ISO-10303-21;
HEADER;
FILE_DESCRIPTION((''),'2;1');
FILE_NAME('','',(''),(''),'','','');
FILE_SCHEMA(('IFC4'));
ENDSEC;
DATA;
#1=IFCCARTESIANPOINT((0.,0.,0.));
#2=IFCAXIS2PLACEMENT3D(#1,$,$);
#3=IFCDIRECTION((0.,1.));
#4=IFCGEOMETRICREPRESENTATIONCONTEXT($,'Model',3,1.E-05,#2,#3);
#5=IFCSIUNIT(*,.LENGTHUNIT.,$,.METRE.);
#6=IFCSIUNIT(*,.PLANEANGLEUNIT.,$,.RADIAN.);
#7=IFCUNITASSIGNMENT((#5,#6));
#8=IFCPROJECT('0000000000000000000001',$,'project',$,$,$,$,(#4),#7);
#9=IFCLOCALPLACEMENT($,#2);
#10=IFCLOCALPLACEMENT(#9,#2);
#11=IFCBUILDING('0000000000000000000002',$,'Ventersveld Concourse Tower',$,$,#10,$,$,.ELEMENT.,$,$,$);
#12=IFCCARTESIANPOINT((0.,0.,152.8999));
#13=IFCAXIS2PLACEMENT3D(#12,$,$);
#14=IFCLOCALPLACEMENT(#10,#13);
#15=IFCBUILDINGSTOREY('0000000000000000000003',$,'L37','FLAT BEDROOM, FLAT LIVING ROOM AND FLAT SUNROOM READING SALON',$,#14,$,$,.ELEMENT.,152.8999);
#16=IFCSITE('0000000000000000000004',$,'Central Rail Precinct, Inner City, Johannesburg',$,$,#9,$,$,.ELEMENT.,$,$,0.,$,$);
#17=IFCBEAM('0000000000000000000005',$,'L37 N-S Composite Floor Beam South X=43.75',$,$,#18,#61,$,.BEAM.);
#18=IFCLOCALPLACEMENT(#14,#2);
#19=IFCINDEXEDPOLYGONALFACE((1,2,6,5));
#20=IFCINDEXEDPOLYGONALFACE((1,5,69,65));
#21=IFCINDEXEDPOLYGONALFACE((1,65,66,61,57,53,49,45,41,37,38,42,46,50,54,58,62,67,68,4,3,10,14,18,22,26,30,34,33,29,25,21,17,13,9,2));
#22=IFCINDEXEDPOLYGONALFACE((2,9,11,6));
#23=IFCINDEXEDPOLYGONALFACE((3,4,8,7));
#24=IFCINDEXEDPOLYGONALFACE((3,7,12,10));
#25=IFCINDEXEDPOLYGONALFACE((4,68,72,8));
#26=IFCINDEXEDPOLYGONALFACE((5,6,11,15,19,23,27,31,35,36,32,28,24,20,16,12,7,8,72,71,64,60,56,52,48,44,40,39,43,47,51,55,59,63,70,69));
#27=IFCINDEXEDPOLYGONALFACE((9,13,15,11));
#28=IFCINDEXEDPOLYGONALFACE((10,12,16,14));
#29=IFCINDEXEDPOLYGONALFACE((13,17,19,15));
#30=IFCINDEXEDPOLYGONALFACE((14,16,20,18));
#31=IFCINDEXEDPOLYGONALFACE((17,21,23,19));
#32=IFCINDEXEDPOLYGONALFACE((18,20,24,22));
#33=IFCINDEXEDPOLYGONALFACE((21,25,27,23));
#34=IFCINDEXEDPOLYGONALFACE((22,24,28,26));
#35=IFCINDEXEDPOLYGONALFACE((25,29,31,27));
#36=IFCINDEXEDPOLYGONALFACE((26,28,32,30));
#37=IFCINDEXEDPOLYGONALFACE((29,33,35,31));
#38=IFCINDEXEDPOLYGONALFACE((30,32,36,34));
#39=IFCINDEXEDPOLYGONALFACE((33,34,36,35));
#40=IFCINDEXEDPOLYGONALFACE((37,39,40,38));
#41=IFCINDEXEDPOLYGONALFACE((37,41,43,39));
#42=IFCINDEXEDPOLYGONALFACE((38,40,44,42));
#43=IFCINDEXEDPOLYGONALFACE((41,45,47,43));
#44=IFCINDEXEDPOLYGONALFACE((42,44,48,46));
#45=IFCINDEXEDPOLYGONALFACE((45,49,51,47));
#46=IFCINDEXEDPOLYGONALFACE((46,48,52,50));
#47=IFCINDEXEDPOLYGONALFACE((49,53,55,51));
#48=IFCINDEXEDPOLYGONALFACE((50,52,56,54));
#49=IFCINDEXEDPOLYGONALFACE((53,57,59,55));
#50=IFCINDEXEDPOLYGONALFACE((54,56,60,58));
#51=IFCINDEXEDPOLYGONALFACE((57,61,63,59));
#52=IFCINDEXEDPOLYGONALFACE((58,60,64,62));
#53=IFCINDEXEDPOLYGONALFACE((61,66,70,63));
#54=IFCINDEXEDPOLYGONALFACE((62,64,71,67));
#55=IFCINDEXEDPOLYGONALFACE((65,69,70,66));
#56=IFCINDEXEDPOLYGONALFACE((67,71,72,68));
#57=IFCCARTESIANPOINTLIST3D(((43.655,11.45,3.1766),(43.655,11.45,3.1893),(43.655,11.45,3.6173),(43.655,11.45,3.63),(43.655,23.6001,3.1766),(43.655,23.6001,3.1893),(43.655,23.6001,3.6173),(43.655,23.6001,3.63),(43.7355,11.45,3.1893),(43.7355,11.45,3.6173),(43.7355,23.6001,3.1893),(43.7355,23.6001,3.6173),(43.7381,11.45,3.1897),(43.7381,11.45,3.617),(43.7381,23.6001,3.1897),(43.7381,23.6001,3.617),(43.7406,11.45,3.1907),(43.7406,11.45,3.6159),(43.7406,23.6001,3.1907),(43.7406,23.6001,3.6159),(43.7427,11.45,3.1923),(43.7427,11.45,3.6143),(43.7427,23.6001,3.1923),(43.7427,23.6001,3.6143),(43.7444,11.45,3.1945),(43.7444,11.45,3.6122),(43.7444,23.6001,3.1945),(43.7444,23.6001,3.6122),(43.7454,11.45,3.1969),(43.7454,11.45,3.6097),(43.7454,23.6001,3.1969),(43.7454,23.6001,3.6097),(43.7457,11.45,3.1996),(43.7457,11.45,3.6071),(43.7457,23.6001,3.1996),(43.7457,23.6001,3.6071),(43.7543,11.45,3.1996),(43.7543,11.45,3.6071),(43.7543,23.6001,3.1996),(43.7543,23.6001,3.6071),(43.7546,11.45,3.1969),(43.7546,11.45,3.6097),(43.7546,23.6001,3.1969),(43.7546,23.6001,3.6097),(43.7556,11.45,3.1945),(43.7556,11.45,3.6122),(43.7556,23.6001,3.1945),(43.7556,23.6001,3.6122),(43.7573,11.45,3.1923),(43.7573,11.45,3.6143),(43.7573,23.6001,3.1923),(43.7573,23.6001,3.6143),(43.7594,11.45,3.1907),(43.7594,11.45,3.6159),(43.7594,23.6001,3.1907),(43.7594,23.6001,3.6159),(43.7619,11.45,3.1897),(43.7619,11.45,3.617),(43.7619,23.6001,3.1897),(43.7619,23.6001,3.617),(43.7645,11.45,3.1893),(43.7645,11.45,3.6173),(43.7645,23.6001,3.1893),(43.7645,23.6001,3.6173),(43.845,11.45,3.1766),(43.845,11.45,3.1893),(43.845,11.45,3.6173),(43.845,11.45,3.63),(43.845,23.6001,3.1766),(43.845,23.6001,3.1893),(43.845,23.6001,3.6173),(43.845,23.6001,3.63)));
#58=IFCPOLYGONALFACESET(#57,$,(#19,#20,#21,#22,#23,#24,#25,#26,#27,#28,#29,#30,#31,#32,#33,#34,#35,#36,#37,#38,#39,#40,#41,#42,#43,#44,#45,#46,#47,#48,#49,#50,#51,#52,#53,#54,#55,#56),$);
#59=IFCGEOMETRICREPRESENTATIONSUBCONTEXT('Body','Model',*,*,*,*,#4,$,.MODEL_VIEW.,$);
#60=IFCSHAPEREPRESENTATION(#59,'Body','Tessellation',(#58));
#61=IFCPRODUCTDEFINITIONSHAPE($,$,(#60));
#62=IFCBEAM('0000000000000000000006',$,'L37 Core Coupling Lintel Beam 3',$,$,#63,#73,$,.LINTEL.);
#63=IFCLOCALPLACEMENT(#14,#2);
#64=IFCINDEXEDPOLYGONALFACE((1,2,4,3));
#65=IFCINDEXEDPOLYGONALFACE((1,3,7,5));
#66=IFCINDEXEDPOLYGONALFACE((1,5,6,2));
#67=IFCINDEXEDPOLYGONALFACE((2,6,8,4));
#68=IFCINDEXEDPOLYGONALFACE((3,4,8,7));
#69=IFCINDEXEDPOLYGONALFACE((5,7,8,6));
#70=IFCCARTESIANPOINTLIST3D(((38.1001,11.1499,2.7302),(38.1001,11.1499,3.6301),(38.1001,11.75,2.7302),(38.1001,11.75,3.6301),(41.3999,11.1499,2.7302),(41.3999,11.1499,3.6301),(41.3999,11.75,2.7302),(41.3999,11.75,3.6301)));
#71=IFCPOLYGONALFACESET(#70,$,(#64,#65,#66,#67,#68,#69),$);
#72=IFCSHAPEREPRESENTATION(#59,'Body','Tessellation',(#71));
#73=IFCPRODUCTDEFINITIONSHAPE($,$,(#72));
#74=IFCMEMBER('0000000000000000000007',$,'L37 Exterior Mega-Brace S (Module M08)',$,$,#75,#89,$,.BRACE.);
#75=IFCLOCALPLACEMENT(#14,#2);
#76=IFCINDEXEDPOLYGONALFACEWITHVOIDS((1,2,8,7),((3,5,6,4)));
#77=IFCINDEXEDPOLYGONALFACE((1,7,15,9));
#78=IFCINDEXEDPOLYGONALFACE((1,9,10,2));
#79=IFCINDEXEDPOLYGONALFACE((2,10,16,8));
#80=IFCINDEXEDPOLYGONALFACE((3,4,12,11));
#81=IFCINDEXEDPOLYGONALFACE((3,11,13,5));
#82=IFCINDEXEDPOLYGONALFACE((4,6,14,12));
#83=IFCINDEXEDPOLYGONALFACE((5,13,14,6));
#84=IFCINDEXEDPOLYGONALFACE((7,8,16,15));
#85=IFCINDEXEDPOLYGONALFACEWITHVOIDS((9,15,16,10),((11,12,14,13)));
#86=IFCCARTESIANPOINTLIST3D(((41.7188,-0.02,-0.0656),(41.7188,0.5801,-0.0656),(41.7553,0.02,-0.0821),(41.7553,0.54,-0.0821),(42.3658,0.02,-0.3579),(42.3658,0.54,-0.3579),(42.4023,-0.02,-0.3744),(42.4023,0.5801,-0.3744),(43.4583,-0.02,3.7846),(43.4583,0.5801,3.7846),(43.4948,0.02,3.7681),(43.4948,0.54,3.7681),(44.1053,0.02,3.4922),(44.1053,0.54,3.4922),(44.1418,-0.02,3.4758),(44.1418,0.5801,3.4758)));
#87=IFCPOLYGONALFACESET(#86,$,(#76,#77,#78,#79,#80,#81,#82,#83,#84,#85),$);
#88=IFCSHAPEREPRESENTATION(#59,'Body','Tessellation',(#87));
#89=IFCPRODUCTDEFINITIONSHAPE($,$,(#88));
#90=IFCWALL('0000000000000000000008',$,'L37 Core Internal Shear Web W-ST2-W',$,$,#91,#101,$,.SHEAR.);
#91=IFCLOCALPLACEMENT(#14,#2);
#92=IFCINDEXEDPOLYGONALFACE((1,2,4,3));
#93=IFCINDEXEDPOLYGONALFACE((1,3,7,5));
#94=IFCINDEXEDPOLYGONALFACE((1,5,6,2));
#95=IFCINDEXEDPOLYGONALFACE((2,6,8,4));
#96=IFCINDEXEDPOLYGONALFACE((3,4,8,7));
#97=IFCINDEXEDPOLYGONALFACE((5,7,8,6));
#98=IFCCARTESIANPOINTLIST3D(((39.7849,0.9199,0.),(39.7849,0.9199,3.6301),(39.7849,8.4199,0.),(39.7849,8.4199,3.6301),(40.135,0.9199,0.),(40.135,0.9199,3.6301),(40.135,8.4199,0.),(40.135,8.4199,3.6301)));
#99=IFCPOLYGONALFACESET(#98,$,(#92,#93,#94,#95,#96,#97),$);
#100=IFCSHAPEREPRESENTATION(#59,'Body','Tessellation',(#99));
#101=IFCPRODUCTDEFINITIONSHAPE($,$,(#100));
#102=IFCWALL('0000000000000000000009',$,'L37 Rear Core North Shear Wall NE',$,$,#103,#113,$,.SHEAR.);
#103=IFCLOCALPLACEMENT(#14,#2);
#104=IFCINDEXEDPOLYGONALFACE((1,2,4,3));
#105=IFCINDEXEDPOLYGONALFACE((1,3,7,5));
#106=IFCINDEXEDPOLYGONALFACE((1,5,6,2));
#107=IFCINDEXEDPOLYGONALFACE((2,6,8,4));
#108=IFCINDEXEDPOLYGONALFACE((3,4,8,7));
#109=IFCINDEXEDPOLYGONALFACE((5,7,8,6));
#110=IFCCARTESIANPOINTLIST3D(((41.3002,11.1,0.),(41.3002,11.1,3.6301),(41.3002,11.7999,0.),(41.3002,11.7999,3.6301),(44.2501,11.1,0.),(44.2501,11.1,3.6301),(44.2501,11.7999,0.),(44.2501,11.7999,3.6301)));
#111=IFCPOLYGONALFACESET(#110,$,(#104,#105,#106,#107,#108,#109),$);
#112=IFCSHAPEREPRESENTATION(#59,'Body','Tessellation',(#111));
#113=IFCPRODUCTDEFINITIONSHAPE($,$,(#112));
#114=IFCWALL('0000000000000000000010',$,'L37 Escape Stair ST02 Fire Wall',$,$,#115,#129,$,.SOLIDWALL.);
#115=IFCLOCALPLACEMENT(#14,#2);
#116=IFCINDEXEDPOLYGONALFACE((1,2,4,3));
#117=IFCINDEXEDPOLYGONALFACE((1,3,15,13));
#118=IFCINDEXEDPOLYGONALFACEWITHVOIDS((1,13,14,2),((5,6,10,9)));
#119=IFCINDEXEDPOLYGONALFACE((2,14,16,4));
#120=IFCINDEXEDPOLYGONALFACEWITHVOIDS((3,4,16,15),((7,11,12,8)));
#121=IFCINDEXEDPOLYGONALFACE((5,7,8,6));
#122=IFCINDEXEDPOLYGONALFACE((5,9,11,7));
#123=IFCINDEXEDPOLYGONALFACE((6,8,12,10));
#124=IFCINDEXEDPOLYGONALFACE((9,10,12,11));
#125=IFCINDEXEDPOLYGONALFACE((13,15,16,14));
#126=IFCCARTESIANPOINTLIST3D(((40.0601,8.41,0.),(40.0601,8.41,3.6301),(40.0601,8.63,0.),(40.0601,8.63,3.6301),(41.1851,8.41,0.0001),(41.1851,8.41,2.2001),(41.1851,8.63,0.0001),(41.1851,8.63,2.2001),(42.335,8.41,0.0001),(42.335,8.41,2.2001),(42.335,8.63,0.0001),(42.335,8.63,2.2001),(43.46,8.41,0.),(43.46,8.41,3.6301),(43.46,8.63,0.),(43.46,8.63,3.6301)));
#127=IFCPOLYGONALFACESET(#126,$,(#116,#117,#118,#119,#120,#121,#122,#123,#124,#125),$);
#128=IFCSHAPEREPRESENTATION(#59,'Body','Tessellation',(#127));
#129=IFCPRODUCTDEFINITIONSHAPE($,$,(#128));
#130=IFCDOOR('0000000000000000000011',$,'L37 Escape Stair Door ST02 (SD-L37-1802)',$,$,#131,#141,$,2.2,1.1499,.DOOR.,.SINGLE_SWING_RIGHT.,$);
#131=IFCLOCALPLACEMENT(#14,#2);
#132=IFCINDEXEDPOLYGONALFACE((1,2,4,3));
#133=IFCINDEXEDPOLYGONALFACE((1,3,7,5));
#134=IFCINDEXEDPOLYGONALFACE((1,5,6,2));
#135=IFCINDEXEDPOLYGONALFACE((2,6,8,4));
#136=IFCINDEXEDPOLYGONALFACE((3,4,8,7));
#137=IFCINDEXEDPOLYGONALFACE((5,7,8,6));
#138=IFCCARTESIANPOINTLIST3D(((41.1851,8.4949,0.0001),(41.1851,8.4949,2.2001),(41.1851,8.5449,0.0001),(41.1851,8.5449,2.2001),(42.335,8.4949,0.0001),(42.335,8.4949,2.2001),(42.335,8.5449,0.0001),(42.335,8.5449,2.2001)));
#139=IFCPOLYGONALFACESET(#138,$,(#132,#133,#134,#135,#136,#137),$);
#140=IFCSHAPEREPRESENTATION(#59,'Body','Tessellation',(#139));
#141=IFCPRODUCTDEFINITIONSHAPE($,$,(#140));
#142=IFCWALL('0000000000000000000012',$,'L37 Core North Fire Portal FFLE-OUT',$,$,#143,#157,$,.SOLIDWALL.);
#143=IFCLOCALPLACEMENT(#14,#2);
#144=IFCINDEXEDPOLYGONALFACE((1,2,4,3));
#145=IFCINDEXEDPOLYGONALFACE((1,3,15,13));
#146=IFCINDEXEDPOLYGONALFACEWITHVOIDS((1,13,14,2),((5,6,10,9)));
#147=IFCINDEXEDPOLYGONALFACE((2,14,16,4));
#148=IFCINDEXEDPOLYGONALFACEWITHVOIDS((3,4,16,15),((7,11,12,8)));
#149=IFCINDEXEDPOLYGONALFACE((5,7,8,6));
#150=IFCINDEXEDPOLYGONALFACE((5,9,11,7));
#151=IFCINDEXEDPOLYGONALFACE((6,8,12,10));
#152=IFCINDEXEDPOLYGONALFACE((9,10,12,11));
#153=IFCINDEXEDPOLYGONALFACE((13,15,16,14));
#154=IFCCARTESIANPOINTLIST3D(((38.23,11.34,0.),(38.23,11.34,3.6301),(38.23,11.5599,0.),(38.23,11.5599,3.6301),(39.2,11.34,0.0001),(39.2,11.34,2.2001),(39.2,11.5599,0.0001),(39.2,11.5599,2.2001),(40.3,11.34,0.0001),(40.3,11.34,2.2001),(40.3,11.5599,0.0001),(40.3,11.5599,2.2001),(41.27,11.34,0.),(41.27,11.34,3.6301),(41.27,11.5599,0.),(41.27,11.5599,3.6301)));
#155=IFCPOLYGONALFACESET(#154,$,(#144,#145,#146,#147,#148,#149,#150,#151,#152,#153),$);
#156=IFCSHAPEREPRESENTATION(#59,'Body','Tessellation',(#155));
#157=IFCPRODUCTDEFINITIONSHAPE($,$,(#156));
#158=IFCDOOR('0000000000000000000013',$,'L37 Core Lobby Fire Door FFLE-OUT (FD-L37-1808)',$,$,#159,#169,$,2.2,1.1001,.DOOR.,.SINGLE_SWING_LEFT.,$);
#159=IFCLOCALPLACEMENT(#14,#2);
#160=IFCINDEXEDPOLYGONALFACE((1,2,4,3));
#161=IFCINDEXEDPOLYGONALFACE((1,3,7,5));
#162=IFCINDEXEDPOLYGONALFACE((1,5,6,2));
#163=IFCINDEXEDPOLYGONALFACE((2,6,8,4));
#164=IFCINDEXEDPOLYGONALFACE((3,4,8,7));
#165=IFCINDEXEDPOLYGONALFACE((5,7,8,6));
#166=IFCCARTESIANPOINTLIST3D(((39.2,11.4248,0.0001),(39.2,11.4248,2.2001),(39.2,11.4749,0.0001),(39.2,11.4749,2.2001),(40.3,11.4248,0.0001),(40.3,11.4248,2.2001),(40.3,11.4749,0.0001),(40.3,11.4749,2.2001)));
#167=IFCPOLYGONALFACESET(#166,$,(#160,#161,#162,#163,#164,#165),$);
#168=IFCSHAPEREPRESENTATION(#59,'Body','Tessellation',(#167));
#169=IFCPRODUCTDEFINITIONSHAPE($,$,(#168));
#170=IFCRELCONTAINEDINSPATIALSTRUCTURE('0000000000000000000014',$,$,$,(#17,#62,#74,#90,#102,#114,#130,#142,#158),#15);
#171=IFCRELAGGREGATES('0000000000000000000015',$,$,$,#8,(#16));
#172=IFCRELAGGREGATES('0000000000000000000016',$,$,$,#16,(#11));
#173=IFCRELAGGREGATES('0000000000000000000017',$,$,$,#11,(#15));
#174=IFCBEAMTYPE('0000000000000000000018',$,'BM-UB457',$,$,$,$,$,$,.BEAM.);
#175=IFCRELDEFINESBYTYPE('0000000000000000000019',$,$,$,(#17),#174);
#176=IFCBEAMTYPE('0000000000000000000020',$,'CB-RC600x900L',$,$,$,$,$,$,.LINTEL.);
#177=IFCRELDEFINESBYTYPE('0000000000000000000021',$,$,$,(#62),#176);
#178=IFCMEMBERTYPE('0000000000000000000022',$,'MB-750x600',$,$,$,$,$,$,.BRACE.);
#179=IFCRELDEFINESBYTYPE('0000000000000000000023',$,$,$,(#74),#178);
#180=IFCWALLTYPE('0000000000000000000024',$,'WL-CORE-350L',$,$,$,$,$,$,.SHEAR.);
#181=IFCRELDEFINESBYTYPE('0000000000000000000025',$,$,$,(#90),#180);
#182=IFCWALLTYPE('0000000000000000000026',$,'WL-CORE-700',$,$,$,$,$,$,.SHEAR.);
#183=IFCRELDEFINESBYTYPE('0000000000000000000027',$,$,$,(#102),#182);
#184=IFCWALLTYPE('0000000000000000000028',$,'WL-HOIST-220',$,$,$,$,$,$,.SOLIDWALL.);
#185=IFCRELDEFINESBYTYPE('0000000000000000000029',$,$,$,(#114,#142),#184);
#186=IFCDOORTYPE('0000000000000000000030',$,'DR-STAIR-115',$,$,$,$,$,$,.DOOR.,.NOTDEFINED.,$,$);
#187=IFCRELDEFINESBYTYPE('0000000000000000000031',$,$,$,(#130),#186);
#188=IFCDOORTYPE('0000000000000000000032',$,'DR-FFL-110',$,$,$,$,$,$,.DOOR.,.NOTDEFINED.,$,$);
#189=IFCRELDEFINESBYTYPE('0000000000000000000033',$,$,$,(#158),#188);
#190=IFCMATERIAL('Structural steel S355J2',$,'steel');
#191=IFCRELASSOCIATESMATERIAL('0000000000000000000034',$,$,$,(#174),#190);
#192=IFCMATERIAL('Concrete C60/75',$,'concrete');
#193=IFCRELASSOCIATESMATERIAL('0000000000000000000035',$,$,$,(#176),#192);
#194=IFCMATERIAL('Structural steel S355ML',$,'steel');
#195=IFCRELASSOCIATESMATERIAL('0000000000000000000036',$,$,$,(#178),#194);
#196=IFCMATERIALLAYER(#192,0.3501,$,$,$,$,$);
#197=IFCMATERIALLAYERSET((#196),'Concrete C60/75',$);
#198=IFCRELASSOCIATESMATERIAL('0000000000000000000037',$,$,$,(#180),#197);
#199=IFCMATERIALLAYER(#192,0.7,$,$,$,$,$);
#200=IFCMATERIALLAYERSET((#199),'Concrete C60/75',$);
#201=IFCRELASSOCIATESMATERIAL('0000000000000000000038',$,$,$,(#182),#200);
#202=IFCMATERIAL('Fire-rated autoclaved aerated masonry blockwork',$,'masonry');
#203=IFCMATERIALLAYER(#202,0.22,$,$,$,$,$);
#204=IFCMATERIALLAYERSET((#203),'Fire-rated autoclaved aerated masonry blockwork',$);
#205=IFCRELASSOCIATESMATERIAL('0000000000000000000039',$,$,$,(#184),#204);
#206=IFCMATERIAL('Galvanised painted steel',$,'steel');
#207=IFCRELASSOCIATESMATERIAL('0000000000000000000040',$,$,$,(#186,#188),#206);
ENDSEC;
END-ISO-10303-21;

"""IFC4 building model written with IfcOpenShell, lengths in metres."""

from ifc_helpers import new_model, si_unit, direction, frame, frame_2d, origin, origin_2d, place, context, subcontext, project, spatial, rectangle, hollow_rectangle, i_section, extrude, material, layer, layer_set, material_profile, profile_set, type_object, element, fill, save


model = new_model("IFC4")

# Units and contexts
model_context = context("Model", 3, precision=1e-05, world=origin(), true_north=direction((0.0, 1.0)))
body_context = subcontext(model_context, "Body", "Model", "MODEL_VIEW")
ifc_project = project(units=[si_unit("LENGTHUNIT", "METRE"), si_unit("PLANEANGLEUNIT", "RADIAN")], contexts=[model_context])

# Site, building, storey
site_placement = place(None, origin())
site = spatial("IfcSite", under=ifc_project, at=site_placement, Name="Central Rail Precinct, Inner City, Johannesburg", CompositionType="ELEMENT", RefElevation=0.0)
building_placement = place(site_placement, origin())
building = spatial("IfcBuilding", under=site, at=building_placement, Name="Ventersveld Concourse Tower", CompositionType="ELEMENT")
storey_placement = place(building_placement, frame((0.0, 0.0, 152.8999)))
storey = spatial("IfcBuildingStorey", under=building, at=storey_placement, Name="L37", Description="FLAT BEDROOM, FLAT LIVING ROOM AND FLAT SUNROOM READING SALON", CompositionType="ELEMENT", Elevation=152.8999)

# Beams
ifc_material_1 = material(Name="Structural steel S355J2", Category="steel")
ifc_material_profile_1 = material_profile(ifc_material_1, i_section(OverallWidth=0.1899, OverallDepth=0.4534, WebThickness=0.0085, FlangeThickness=0.0127, FilletRadius=0.0103, at=origin_2d()), Name="UB 457x191x67")
ifc_profile_set_1 = profile_set([ifc_material_profile_1], Name="Structural steel S355J2")
beam_type_1 = type_object("IfcBeamType", Name="BM-UB457", PredefinedType="BEAM", material=ifc_profile_set_1)
beam_1_placement = place(storey_placement, frame((43.75, 11.45, 3.4033), z_axis=(0.0, 1.0, 0.0), x_axis=(-1.0, 0.0, 0.0)))
element("IfcBeam", 1, at=beam_1_placement, inside=storey, type_object=beam_type_1, Name="L37 N-S Composite Floor Beam South X=43.75", PredefinedType="BEAM", context=body_context, shape_type="SweptSolid", body=[
    extrude(i_section(OverallWidth=0.1899, OverallDepth=0.4534, WebThickness=0.0085, FlangeThickness=0.0127, FilletRadius=0.0103, at=origin_2d()), origin(), (0.0, 0.0, 1.0), 12.1501),
])
ifc_material_2 = material(Name="Concrete C60/75", Category="concrete")
ifc_material_profile_2 = material_profile(ifc_material_2, rectangle(XDim=0.6001, YDim=0.8999, at=origin_2d()), Name="RC 600x900")
ifc_profile_set_2 = profile_set([ifc_material_profile_2], Name="Concrete C60/75")
beam_type_2 = type_object("IfcBeamType", Name="CB-RC600x900L", PredefinedType="LINTEL", material=ifc_profile_set_2)
beam_2_placement = place(storey_placement, frame((38.1001, 11.45, 3.1802), z_axis=(1.0, 0.0, 0.0), x_axis=(0.0, 1.0, 0.0)))
element("IfcBeam", 2, at=beam_2_placement, inside=storey, type_object=beam_type_2, Name="L37 Core Coupling Lintel Beam 3", PredefinedType="LINTEL", context=body_context, shape_type="SweptSolid", body=[
    extrude(rectangle(XDim=0.6001, YDim=0.8999, at=origin_2d()), origin(), (0.0, 0.0, 1.0), 3.2998),
])

# Member
ifc_material_3 = material(Name="Structural steel S355ML", Category="steel")
ifc_material_profile_3 = material_profile(ifc_material_3, hollow_rectangle(XDim=0.6001, YDim=0.75, WallThickness=0.04, at=origin_2d()), Name="BOX 750x600x40")
ifc_profile_set_3 = profile_set([ifc_material_profile_3], Name="Structural steel S355ML")
member_type = type_object("IfcMemberType", Name="MB-750x600", PredefinedType="BRACE", material=ifc_profile_set_3)
member_placement = place(storey_placement, frame((42.0605, 0.28, -0.22), z_axis=(0.411734, 0.0, 0.911304), x_axis=(0.0, 1.0, 0.0)))
element("IfcMember", 3, at=member_placement, inside=storey, type_object=member_type, Name="L37 Exterior Mega-Brace S (Module M08)", PredefinedType="BRACE", context=body_context, shape_type="SweptSolid", body=[
    extrude(hollow_rectangle(XDim=0.6001, YDim=0.75, WallThickness=0.04, at=origin_2d()), origin(), (0.0, 0.0, 1.0), 4.2249),
])

# Walls
ifc_layer_1 = layer(ifc_material_2, 0.3501)
ifc_layer_set_1 = layer_set([ifc_layer_1], Name="Concrete C60/75")
wall_type_1 = type_object("IfcWallType", Name="WL-CORE-350L", PredefinedType="SHEAR", material=ifc_layer_set_1)
wall_1_placement = place(storey_placement, frame((39.96, 0.9199, 0.0), z_axis=(0.0, 0.0, 1.0), x_axis=(0.0, 1.0, 0.0)))
element("IfcWall", 4, at=wall_1_placement, inside=storey, type_object=wall_type_1, Name="L37 Core Internal Shear Web W-ST2-W", PredefinedType="SHEAR", context=body_context, shape_type="SweptSolid", body=[
    extrude(rectangle(XDim=7.5, YDim=0.3501, at=frame_2d((3.75, 0.0))), origin(), (0.0, 0.0, 1.0), 3.6301),
])
ifc_layer_2 = layer(ifc_material_2, 0.7)
ifc_layer_set_2 = layer_set([ifc_layer_2], Name="Concrete C60/75")
wall_type_2 = type_object("IfcWallType", Name="WL-CORE-700", PredefinedType="SHEAR", material=ifc_layer_set_2)
wall_2_placement = place(storey_placement, frame((41.3, 11.45, 0.0), z_axis=(0.0, 0.0, 1.0), x_axis=(1.0, 0.0, 0.0)))
element("IfcWall", 5, at=wall_2_placement, inside=storey, type_object=wall_type_2, Name="L37 Rear Core North Shear Wall NE", PredefinedType="SHEAR", context=body_context, shape_type="SweptSolid", body=[
    extrude(rectangle(XDim=2.95, YDim=0.7, at=frame_2d((1.4751, 0.0))), origin(), (0.0, 0.0, 1.0), 3.6301),
])

# Walls, openings, doors
ifc_material_4 = material(Name="Fire-rated autoclaved aerated masonry blockwork", Category="masonry")
ifc_layer_3 = layer(ifc_material_4, 0.22)
ifc_layer_set_3 = layer_set([ifc_layer_3], Name="Fire-rated autoclaved aerated masonry blockwork")
wall_type_3 = type_object("IfcWallType", Name="WL-HOIST-220", PredefinedType="SOLIDWALL", material=ifc_layer_set_3)
wall_3_placement = place(storey_placement, frame((40.0601, 8.52, 0.0), z_axis=(0.0, 0.0, 1.0), x_axis=(1.0, 0.0, 0.0)))
wall_3 = element("IfcWall", 6, at=wall_3_placement, inside=storey, type_object=wall_type_3, Name="L37 Escape Stair ST02 Fire Wall", PredefinedType="SOLIDWALL", context=body_context, shape_type="SweptSolid", body=[
    extrude(rectangle(XDim=3.3999, YDim=0.22, at=frame_2d((1.7, 0.0))), origin(), (0.0, 0.0, 1.0), 3.6301),
])
opening_1_placement = place(wall_3_placement, frame((1.125, 0.0, 0.0)))
opening_1 = element("IfcOpeningElement", 7, at=opening_1_placement, cuts=wall_3, PredefinedType="OPENING", context=body_context, shape_type="SweptSolid", body=[
    extrude(rectangle(XDim=1.1499, YDim=2.2, at=frame_2d((0.575, 1.1001))), frame((0.0, 0.1201, 0.0), z_axis=(0.0, -1.0, 0.0), x_axis=(1.0, 0.0, 0.0)), (0.0, 0.0, 1.0), 0.24),
])
ifc_material_5 = material(Name="Galvanised painted steel", Category="steel")
door_type_1 = type_object("IfcDoorType", Name="DR-STAIR-115", OperationType="NOTDEFINED", PredefinedType="DOOR", material=ifc_material_5)
door_1_placement = place(opening_1_placement, origin())
door_1 = element("IfcDoor", 8, at=door_1_placement, inside=storey, type_object=door_type_1, Name="L37 Escape Stair Door ST02 (SD-L37-1802)", OperationType="SINGLE_SWING_RIGHT", OverallHeight=2.2, OverallWidth=1.1499, PredefinedType="DOOR", context=body_context, shape_type="SweptSolid", body=[
    extrude(rectangle(XDim=1.1499, YDim=2.2, at=frame_2d((0.575, 1.1001))), frame((0.0, 0.0249, 0.0), z_axis=(0.0, -1.0, 0.0), x_axis=(1.0, 0.0, 0.0)), (0.0, 0.0, 1.0), 0.05),
])
fill(opening_1, door_1)
wall_4_placement = place(storey_placement, frame((38.23, 11.45, 0.0), z_axis=(0.0, 0.0, 1.0), x_axis=(1.0, 0.0, 0.0)))
wall_4 = element("IfcWall", 9, at=wall_4_placement, inside=storey, type_object=wall_type_3, Name="L37 Core North Fire Portal FFLE-OUT", PredefinedType="SOLIDWALL", context=body_context, shape_type="SweptSolid", body=[
    extrude(rectangle(XDim=3.04, YDim=0.22, at=frame_2d((1.52, 0.0))), origin(), (0.0, 0.0, 1.0), 3.6301),
])
opening_2_placement = place(wall_4_placement, frame((0.97, 0.0, 0.0)))
opening_2 = element("IfcOpeningElement", 10, at=opening_2_placement, cuts=wall_4, PredefinedType="OPENING", context=body_context, shape_type="SweptSolid", body=[
    extrude(rectangle(XDim=1.1001, YDim=2.2, at=frame_2d((0.55, 1.1001))), frame((0.0, 0.1201, 0.0), z_axis=(0.0, -1.0, 0.0), x_axis=(1.0, 0.0, 0.0)), (0.0, 0.0, 1.0), 0.24),
])
door_type_2 = type_object("IfcDoorType", Name="DR-FFL-110", OperationType="NOTDEFINED", PredefinedType="DOOR", material=ifc_material_5)
door_2_placement = place(opening_2_placement, origin())
door_2 = element("IfcDoor", 11, at=door_2_placement, inside=storey, type_object=door_type_2, Name="L37 Core Lobby Fire Door FFLE-OUT (FD-L37-1808)", OperationType="SINGLE_SWING_LEFT", OverallHeight=2.2, OverallWidth=1.1001, PredefinedType="DOOR", context=body_context, shape_type="SweptSolid", body=[
    extrude(rectangle(XDim=1.1001, YDim=2.2, at=frame_2d((0.55, 1.1001))), frame((0.0, 0.0249, 0.0), z_axis=(0.0, -1.0, 0.0), x_axis=(1.0, 0.0, 0.0)), (0.0, 0.0, 1.0), 0.05),
])
fill(opening_2, door_2)

save(model, "model.ifc")
